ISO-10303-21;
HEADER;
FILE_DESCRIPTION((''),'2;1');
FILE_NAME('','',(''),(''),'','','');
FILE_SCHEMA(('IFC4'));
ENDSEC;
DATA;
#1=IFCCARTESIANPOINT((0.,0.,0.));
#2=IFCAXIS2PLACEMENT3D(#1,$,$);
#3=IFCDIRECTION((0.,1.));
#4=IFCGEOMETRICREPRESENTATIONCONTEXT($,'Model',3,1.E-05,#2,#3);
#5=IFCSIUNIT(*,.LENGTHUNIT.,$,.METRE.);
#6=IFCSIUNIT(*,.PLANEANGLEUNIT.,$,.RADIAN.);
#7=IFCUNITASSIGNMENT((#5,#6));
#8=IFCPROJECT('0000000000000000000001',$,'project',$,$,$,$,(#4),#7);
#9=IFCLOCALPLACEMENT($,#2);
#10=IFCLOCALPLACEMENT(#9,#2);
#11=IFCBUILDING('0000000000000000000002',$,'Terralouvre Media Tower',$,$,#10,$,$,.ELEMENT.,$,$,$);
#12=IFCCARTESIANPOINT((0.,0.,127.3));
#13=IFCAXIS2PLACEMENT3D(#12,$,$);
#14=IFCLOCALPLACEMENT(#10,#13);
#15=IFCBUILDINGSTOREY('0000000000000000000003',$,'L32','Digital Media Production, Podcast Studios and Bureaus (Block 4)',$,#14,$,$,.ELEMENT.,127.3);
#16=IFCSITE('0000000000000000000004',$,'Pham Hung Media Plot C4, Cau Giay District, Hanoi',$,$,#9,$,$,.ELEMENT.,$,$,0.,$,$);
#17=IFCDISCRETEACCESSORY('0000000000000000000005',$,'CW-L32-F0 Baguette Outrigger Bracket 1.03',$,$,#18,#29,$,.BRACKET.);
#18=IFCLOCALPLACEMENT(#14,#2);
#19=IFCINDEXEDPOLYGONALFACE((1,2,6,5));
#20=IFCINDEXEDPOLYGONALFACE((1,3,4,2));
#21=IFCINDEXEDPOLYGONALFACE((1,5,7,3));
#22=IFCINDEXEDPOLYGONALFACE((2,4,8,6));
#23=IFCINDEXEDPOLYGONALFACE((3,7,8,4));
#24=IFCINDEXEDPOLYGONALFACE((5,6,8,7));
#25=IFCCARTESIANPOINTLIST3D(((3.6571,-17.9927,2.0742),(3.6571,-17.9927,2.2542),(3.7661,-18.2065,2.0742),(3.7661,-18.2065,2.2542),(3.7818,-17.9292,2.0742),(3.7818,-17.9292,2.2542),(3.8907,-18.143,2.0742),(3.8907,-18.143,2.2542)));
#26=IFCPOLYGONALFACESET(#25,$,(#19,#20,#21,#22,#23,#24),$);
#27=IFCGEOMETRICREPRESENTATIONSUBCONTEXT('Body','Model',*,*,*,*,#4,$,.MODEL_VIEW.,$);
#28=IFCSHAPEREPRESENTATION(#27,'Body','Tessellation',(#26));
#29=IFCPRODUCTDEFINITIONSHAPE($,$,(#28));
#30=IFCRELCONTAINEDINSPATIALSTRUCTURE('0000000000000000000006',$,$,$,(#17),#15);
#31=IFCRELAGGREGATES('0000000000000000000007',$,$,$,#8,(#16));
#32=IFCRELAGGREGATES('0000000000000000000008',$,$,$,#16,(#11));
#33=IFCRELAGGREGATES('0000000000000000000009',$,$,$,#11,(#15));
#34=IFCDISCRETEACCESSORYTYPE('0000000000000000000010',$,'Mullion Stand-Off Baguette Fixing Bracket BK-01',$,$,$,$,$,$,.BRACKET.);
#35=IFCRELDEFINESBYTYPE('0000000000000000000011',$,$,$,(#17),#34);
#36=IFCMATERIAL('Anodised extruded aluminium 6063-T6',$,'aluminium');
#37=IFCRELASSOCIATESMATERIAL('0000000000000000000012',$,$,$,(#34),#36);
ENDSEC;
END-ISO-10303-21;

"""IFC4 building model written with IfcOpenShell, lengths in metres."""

from ifc_helpers import new_model, si_unit, direction, frame, origin, origin_2d, place, context, subcontext, project, spatial, rectangle, extrude, material, type_object, element, save


model = new_model("IFC4")

# Units and contexts
model_context = context("Model", 3, precision=1e-05, world=origin(), true_north=direction((0.0, 1.0)))
body_context = subcontext(model_context, "Body", "Model", "MODEL_VIEW")
ifc_project = project(units=[si_unit("LENGTHUNIT", "METRE"), si_unit("PLANEANGLEUNIT", "RADIAN")], contexts=[model_context])

# Site, building, storey
site_placement = place(None, origin())
site = spatial("IfcSite", under=ifc_project, at=site_placement, Name="Pham Hung Media Plot C4, Cau Giay District, Hanoi", CompositionType="ELEMENT", RefElevation=0.0)
building_placement = place(site_placement, origin())
building = spatial("IfcBuilding", under=site, at=building_placement, Name="Terralouvre Media Tower", CompositionType="ELEMENT")
storey_placement = place(building_placement, frame((0.0, 0.0, 127.3)))
storey = spatial("IfcBuildingStorey", under=building, at=storey_placement, Name="L32", Description="Digital Media Production, Podcast Studios and Bureaus (Block 4)", CompositionType="ELEMENT", Elevation=127.3)

# Discrete accessory
ifc_material_1 = material(Name="Anodised extruded aluminium 6063-T6", Category="aluminium")
discrete_accessory_type = type_object("IfcDiscreteAccessoryType", Name="Mullion Stand-Off Baguette Fixing Bracket BK-01", PredefinedType="BRACKET", material=ifc_material_1)
discrete_accessory_placement = place(storey_placement, frame((3.7739, -18.0679, 2.0742), z_axis=(0.0, 0.0, 1.0), x_axis=(0.891007, 0.453991, 0.0)))
element("IfcDiscreteAccessory", 1, at=discrete_accessory_placement, inside=storey, type_object=discrete_accessory_type, Name="CW-L32-F0 Baguette Outrigger Bracket 1.03", PredefinedType="BRACKET", context=body_context, shape_type="SweptSolid", body=[
    extrude(rectangle(XDim=0.1399, YDim=0.24, at=origin_2d()), origin(), (0.0, 0.0, 1.0), 0.1799),
])

save(model, "model.ifc")
